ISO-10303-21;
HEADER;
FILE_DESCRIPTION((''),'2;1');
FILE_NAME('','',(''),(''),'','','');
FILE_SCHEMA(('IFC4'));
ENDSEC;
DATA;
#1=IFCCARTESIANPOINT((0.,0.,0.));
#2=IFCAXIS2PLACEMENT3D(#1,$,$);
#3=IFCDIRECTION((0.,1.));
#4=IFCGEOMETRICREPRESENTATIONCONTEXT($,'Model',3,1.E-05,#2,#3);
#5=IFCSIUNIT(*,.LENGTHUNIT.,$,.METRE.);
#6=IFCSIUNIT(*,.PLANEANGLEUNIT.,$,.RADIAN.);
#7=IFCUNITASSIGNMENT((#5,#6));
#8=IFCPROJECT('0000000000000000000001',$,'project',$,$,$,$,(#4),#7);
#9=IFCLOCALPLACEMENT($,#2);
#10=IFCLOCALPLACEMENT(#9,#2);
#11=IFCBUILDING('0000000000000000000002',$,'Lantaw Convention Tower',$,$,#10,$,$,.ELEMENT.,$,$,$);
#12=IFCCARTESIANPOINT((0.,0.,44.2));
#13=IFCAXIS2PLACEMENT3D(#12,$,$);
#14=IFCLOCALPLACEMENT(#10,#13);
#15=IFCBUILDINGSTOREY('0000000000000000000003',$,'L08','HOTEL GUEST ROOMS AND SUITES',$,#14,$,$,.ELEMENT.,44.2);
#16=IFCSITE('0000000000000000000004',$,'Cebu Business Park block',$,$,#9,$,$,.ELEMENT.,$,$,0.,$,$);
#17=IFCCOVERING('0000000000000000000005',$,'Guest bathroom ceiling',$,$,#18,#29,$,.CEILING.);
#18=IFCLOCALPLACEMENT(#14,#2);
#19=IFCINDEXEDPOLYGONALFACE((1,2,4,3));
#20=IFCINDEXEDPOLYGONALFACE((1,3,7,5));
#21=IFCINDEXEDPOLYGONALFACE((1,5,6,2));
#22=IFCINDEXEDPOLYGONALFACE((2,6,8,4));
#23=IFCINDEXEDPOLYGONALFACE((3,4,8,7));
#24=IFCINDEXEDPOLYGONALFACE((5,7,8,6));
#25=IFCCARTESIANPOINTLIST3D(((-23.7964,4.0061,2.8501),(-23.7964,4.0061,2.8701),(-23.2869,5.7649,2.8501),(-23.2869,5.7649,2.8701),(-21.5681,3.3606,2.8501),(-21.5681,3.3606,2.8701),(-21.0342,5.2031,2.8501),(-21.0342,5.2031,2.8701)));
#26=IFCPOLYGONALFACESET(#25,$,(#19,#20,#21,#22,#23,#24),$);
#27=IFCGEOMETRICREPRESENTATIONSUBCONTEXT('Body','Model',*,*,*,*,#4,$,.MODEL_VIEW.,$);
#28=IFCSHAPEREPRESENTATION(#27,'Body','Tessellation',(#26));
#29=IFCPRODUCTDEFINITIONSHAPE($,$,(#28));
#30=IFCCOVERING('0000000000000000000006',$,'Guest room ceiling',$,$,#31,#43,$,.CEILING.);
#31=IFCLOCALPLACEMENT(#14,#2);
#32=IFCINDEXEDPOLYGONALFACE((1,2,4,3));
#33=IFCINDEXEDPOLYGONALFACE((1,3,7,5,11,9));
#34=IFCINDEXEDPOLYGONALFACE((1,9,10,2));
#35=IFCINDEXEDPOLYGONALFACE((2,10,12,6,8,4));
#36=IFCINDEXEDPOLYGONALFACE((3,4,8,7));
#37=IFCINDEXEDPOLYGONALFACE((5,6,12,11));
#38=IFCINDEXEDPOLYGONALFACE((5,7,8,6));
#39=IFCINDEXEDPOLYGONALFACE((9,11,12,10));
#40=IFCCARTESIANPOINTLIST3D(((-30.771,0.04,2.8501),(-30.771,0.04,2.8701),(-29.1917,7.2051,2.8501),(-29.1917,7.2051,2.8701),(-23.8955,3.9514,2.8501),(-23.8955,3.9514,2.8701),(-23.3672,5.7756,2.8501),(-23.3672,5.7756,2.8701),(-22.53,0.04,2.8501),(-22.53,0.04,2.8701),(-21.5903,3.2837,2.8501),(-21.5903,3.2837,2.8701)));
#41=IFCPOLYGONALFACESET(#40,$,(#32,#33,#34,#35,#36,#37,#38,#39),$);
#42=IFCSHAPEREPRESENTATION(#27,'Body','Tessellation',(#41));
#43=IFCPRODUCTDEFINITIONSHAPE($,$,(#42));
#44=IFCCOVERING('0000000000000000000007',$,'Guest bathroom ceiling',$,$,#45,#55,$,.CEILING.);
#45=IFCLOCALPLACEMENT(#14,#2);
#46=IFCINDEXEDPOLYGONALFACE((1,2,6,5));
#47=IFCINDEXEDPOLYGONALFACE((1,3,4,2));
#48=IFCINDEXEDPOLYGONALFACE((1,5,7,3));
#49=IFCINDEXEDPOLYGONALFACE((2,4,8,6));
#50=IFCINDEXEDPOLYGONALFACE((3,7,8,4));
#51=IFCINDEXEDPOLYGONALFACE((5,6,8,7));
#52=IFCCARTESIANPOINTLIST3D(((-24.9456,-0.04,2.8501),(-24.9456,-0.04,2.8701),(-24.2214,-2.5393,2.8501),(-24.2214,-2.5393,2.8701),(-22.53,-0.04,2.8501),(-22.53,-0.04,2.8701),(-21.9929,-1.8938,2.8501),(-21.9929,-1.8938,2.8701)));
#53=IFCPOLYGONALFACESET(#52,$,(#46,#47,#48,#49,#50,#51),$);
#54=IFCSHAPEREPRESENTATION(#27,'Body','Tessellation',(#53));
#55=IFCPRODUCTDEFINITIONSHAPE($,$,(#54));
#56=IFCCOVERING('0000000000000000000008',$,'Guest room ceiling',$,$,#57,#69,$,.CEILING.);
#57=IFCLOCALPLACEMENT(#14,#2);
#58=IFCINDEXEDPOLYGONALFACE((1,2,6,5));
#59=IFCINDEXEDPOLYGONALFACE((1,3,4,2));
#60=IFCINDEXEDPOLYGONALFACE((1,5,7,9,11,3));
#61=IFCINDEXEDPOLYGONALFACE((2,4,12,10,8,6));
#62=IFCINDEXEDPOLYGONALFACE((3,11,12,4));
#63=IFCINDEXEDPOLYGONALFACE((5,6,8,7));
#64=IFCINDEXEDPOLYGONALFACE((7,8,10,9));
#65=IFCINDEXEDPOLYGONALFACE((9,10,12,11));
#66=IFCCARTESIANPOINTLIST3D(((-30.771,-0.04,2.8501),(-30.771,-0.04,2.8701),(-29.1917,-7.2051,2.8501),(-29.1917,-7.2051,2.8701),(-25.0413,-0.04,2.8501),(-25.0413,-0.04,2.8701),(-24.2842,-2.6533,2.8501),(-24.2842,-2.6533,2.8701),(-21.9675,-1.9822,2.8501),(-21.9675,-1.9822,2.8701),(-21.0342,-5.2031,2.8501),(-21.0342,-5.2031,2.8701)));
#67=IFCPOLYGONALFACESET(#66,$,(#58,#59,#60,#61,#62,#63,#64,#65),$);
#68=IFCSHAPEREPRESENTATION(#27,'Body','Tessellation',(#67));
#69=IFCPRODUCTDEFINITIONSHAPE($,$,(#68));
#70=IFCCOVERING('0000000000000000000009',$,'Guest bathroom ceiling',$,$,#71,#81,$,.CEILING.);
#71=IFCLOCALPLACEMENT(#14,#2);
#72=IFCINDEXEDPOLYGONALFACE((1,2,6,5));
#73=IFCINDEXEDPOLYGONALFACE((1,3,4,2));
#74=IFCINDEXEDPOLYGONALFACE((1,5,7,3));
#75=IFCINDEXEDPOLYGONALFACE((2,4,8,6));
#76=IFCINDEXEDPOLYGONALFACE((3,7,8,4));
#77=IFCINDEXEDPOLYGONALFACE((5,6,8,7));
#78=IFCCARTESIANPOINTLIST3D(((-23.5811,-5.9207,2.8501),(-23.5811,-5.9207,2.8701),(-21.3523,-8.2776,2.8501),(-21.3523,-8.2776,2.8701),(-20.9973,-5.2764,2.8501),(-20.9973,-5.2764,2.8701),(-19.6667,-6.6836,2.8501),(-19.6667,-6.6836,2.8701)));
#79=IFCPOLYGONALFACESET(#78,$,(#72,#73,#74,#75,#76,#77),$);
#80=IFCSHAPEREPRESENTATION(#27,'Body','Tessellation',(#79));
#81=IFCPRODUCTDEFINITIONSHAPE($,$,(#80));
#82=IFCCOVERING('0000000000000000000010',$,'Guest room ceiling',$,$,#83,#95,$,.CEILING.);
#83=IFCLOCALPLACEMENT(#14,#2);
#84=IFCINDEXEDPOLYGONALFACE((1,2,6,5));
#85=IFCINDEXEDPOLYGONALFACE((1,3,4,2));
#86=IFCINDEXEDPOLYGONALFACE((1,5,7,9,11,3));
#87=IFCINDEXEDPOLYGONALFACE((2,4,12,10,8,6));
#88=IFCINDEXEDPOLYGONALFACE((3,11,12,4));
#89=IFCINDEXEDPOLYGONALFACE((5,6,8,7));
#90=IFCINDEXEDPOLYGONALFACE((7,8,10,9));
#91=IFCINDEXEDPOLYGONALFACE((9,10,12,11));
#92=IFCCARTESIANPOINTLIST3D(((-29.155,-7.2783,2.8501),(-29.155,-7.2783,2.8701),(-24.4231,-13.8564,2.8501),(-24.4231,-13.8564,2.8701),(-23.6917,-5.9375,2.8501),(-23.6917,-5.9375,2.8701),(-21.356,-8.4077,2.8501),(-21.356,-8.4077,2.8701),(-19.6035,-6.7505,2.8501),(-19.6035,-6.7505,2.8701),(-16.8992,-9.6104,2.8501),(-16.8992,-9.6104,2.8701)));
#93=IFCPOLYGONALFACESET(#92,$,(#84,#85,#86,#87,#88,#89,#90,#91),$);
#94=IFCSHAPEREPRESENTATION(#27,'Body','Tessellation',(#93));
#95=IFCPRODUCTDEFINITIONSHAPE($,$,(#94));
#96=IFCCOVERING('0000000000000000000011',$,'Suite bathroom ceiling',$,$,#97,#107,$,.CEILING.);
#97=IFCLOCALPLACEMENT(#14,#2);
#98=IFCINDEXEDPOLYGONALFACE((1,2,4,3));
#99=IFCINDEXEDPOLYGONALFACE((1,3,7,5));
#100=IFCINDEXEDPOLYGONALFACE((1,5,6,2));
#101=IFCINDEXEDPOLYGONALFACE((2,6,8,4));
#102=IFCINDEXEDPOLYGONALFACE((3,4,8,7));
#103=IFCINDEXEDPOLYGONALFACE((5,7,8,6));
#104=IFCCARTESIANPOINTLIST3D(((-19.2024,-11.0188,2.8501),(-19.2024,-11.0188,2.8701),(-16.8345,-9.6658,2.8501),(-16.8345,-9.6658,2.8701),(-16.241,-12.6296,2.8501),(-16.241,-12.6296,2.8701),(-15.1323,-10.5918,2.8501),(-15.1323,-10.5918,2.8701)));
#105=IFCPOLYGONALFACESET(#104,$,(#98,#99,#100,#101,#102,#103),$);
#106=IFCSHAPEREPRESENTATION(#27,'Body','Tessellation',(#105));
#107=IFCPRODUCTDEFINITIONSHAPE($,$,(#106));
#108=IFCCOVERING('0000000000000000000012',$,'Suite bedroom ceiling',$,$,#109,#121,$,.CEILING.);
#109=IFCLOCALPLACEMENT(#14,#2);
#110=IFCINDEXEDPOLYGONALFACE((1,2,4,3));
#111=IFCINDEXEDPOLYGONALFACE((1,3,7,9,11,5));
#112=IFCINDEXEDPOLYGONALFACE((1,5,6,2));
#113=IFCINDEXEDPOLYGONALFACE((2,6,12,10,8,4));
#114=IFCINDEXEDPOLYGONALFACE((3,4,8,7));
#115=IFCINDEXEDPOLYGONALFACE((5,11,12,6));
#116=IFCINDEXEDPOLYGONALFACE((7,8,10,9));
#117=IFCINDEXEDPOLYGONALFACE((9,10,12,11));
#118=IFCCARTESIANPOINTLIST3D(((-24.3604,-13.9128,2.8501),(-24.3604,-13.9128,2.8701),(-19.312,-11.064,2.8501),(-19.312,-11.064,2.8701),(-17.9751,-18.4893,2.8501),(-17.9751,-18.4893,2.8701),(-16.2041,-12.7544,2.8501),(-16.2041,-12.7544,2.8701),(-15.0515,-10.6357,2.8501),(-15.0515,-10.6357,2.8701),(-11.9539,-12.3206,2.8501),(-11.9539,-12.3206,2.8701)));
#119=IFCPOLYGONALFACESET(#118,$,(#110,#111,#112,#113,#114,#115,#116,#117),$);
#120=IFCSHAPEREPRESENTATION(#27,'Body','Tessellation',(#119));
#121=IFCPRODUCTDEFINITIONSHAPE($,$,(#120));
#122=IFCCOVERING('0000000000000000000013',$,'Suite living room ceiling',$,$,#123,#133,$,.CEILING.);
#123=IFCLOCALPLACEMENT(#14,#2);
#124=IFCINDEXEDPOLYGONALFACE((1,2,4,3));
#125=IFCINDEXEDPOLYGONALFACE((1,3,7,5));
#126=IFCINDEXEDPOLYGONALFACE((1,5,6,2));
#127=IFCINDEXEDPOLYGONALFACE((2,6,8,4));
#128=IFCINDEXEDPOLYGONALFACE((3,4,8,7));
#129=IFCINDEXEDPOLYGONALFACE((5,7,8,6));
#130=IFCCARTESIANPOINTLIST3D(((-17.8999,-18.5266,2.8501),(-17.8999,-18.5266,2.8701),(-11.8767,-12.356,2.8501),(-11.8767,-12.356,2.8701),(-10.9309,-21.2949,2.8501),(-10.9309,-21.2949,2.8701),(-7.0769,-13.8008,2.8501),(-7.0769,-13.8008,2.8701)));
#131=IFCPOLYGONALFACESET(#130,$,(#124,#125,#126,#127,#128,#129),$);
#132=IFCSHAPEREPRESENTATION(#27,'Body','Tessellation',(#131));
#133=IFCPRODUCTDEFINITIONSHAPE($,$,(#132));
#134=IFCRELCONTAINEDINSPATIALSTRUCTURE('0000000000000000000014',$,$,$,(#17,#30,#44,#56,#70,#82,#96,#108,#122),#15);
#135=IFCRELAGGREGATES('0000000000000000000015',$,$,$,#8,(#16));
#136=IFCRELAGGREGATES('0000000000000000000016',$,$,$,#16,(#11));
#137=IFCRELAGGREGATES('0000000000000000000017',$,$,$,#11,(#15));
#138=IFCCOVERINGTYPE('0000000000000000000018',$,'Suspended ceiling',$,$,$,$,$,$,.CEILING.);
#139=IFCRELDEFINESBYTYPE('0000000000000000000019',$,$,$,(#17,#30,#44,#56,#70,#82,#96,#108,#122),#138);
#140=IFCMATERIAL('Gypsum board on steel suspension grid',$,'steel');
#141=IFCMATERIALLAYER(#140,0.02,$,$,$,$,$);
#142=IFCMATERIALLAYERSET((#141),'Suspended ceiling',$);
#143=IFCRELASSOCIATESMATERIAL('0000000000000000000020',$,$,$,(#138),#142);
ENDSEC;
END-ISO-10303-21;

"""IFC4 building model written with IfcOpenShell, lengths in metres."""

from ifc_helpers import new_model, si_unit, direction, frame, origin, place, context, subcontext, project, spatial, polyline, outline, extrude, material, layer, layer_set, type_object, element, save


model = new_model("IFC4")

# Units and contexts
model_context = context("Model", 3, precision=1e-05, world=origin(), true_north=direction((0.0, 1.0)))
body_context = subcontext(model_context, "Body", "Model", "MODEL_VIEW")
ifc_project = project(units=[si_unit("LENGTHUNIT", "METRE"), si_unit("PLANEANGLEUNIT", "RADIAN")], contexts=[model_context])

# Site, building, storey
site_placement = place(None, origin())
site = spatial("IfcSite", under=ifc_project, at=site_placement, Name="Cebu Business Park block", CompositionType="ELEMENT", RefElevation=0.0)
building_placement = place(site_placement, origin())
building = spatial("IfcBuilding", under=site, at=building_placement, Name="Lantaw Convention Tower", CompositionType="ELEMENT")
storey_placement = place(building_placement, frame((0.0, 0.0, 44.2)))
storey = spatial("IfcBuildingStorey", under=building, at=storey_placement, Name="L08", Description="HOTEL GUEST ROOMS AND SUITES", CompositionType="ELEMENT", Elevation=44.2)

# Coverings
ifc_material_1 = material(Name="Gypsum board on steel suspension grid", Category="steel")
ifc_layer_1 = layer(ifc_material_1, 0.02)
ifc_layer_set_1 = layer_set([ifc_layer_1], Name="Suspended ceiling")
covering_type = type_object("IfcCoveringType", Name="Suspended ceiling", PredefinedType="CEILING", material=ifc_layer_set_1)
covering_1_placement = place(storey_placement, frame((0.0, 0.0, 2.8501)))
element("IfcCovering", 1, at=covering_1_placement, inside=storey, type_object=covering_type, Name="Guest bathroom ceiling", PredefinedType="CEILING", context=body_context, shape_type="SweptSolid", body=[
    extrude(outline(polyline([(-21.0342, 5.2031), (-23.2869, 5.7649), (-23.7964, 4.0061), (-21.5681, 3.3606), (-21.0342, 5.2031)])), origin(), (0.0, 0.0, 1.0), 0.02),
])
covering_2_placement = place(storey_placement, frame((0.0, 0.0, 2.8501)))
element("IfcCovering", 2, at=covering_2_placement, inside=storey, type_object=covering_type, Name="Guest room ceiling", PredefinedType="CEILING", context=body_context, shape_type="SweptSolid", body=[
    extrude(outline(polyline([(-22.53, 0.04), (-21.5903, 3.2837), (-23.8955, 3.9514), (-23.3672, 5.7756), (-29.1917, 7.2051), (-30.771, 0.04), (-22.53, 0.04)])), origin(), (0.0, 0.0, 1.0), 0.02),
])
covering_3_placement = place(storey_placement, frame((0.0, 0.0, 2.8501)))
element("IfcCovering", 3, at=covering_3_placement, inside=storey, type_object=covering_type, Name="Guest bathroom ceiling", PredefinedType="CEILING", context=body_context, shape_type="SweptSolid", body=[
    extrude(outline(polyline([(-22.53, -0.04), (-24.9456, -0.04), (-24.2214, -2.5393), (-21.9929, -1.8938), (-22.53, -0.04)])), origin(), (0.0, 0.0, 1.0), 0.02),
])
covering_4_placement = place(storey_placement, frame((0.0, 0.0, 2.8501)))
element("IfcCovering", 4, at=covering_4_placement, inside=storey, type_object=covering_type, Name="Guest room ceiling", PredefinedType="CEILING", context=body_context, shape_type="SweptSolid", body=[
    extrude(outline(polyline([(-21.0342, -5.2031), (-21.9675, -1.9822), (-24.2842, -2.6533), (-25.0413, -0.04), (-30.771, -0.04), (-29.1917, -7.2051), (-21.0342, -5.2031)])), origin(), (0.0, 0.0, 1.0), 0.02),
])
covering_5_placement = place(storey_placement, frame((0.0, 0.0, 2.8501)))
element("IfcCovering", 5, at=covering_5_placement, inside=storey, type_object=covering_type, Name="Guest bathroom ceiling", PredefinedType="CEILING", context=body_context, shape_type="SweptSolid", body=[
    extrude(outline(polyline([(-20.9973, -5.2764), (-23.5811, -5.9207), (-21.3523, -8.2776), (-19.6667, -6.6836), (-20.9973, -5.2764)])), origin(), (0.0, 0.0, 1.0), 0.02),
])
covering_6_placement = place(storey_placement, frame((0.0, 0.0, 2.8501)))
element("IfcCovering", 6, at=covering_6_placement, inside=storey, type_object=covering_type, Name="Guest room ceiling", PredefinedType="CEILING", context=body_context, shape_type="SweptSolid", body=[
    extrude(outline(polyline([(-16.8992, -9.6104), (-19.6035, -6.7505), (-21.356, -8.4077), (-23.6917, -5.9375), (-29.155, -7.2783), (-24.4231, -13.8564), (-16.8992, -9.6104)])), origin(), (0.0, 0.0, 1.0), 0.02),
])
covering_7_placement = place(storey_placement, frame((0.0, 0.0, 2.8501)))
element("IfcCovering", 7, at=covering_7_placement, inside=storey, type_object=covering_type, Name="Suite bathroom ceiling", PredefinedType="CEILING", context=body_context, shape_type="SweptSolid", body=[
    extrude(outline(polyline([(-16.8345, -9.6658), (-19.2024, -11.0188), (-16.241, -12.6296), (-15.1323, -10.5918), (-16.8345, -9.6658)])), origin(), (0.0, 0.0, 1.0), 0.02),
])
covering_8_placement = place(storey_placement, frame((0.0, 0.0, 2.8501)))
element("IfcCovering", 8, at=covering_8_placement, inside=storey, type_object=covering_type, Name="Suite bedroom ceiling", PredefinedType="CEILING", context=body_context, shape_type="SweptSolid", body=[
    extrude(outline(polyline([(-19.312, -11.064), (-24.3604, -13.9128), (-17.9751, -18.4893), (-11.9539, -12.3206), (-15.0515, -10.6357), (-16.2041, -12.7544), (-19.312, -11.064)])), origin(), (0.0, 0.0, 1.0), 0.02),
])
covering_9_placement = place(storey_placement, frame((0.0, 0.0, 2.8501)))
element("IfcCovering", 9, at=covering_9_placement, inside=storey, type_object=covering_type, Name="Suite living room ceiling", PredefinedType="CEILING", context=body_context, shape_type="SweptSolid", body=[
    extrude(outline(polyline([(-11.8767, -12.356), (-17.8999, -18.5266), (-10.9309, -21.2949), (-7.0769, -13.8008), (-11.8767, -12.356)])), origin(), (0.0, 0.0, 1.0), 0.02),
])

save(model, "model.ifc")
